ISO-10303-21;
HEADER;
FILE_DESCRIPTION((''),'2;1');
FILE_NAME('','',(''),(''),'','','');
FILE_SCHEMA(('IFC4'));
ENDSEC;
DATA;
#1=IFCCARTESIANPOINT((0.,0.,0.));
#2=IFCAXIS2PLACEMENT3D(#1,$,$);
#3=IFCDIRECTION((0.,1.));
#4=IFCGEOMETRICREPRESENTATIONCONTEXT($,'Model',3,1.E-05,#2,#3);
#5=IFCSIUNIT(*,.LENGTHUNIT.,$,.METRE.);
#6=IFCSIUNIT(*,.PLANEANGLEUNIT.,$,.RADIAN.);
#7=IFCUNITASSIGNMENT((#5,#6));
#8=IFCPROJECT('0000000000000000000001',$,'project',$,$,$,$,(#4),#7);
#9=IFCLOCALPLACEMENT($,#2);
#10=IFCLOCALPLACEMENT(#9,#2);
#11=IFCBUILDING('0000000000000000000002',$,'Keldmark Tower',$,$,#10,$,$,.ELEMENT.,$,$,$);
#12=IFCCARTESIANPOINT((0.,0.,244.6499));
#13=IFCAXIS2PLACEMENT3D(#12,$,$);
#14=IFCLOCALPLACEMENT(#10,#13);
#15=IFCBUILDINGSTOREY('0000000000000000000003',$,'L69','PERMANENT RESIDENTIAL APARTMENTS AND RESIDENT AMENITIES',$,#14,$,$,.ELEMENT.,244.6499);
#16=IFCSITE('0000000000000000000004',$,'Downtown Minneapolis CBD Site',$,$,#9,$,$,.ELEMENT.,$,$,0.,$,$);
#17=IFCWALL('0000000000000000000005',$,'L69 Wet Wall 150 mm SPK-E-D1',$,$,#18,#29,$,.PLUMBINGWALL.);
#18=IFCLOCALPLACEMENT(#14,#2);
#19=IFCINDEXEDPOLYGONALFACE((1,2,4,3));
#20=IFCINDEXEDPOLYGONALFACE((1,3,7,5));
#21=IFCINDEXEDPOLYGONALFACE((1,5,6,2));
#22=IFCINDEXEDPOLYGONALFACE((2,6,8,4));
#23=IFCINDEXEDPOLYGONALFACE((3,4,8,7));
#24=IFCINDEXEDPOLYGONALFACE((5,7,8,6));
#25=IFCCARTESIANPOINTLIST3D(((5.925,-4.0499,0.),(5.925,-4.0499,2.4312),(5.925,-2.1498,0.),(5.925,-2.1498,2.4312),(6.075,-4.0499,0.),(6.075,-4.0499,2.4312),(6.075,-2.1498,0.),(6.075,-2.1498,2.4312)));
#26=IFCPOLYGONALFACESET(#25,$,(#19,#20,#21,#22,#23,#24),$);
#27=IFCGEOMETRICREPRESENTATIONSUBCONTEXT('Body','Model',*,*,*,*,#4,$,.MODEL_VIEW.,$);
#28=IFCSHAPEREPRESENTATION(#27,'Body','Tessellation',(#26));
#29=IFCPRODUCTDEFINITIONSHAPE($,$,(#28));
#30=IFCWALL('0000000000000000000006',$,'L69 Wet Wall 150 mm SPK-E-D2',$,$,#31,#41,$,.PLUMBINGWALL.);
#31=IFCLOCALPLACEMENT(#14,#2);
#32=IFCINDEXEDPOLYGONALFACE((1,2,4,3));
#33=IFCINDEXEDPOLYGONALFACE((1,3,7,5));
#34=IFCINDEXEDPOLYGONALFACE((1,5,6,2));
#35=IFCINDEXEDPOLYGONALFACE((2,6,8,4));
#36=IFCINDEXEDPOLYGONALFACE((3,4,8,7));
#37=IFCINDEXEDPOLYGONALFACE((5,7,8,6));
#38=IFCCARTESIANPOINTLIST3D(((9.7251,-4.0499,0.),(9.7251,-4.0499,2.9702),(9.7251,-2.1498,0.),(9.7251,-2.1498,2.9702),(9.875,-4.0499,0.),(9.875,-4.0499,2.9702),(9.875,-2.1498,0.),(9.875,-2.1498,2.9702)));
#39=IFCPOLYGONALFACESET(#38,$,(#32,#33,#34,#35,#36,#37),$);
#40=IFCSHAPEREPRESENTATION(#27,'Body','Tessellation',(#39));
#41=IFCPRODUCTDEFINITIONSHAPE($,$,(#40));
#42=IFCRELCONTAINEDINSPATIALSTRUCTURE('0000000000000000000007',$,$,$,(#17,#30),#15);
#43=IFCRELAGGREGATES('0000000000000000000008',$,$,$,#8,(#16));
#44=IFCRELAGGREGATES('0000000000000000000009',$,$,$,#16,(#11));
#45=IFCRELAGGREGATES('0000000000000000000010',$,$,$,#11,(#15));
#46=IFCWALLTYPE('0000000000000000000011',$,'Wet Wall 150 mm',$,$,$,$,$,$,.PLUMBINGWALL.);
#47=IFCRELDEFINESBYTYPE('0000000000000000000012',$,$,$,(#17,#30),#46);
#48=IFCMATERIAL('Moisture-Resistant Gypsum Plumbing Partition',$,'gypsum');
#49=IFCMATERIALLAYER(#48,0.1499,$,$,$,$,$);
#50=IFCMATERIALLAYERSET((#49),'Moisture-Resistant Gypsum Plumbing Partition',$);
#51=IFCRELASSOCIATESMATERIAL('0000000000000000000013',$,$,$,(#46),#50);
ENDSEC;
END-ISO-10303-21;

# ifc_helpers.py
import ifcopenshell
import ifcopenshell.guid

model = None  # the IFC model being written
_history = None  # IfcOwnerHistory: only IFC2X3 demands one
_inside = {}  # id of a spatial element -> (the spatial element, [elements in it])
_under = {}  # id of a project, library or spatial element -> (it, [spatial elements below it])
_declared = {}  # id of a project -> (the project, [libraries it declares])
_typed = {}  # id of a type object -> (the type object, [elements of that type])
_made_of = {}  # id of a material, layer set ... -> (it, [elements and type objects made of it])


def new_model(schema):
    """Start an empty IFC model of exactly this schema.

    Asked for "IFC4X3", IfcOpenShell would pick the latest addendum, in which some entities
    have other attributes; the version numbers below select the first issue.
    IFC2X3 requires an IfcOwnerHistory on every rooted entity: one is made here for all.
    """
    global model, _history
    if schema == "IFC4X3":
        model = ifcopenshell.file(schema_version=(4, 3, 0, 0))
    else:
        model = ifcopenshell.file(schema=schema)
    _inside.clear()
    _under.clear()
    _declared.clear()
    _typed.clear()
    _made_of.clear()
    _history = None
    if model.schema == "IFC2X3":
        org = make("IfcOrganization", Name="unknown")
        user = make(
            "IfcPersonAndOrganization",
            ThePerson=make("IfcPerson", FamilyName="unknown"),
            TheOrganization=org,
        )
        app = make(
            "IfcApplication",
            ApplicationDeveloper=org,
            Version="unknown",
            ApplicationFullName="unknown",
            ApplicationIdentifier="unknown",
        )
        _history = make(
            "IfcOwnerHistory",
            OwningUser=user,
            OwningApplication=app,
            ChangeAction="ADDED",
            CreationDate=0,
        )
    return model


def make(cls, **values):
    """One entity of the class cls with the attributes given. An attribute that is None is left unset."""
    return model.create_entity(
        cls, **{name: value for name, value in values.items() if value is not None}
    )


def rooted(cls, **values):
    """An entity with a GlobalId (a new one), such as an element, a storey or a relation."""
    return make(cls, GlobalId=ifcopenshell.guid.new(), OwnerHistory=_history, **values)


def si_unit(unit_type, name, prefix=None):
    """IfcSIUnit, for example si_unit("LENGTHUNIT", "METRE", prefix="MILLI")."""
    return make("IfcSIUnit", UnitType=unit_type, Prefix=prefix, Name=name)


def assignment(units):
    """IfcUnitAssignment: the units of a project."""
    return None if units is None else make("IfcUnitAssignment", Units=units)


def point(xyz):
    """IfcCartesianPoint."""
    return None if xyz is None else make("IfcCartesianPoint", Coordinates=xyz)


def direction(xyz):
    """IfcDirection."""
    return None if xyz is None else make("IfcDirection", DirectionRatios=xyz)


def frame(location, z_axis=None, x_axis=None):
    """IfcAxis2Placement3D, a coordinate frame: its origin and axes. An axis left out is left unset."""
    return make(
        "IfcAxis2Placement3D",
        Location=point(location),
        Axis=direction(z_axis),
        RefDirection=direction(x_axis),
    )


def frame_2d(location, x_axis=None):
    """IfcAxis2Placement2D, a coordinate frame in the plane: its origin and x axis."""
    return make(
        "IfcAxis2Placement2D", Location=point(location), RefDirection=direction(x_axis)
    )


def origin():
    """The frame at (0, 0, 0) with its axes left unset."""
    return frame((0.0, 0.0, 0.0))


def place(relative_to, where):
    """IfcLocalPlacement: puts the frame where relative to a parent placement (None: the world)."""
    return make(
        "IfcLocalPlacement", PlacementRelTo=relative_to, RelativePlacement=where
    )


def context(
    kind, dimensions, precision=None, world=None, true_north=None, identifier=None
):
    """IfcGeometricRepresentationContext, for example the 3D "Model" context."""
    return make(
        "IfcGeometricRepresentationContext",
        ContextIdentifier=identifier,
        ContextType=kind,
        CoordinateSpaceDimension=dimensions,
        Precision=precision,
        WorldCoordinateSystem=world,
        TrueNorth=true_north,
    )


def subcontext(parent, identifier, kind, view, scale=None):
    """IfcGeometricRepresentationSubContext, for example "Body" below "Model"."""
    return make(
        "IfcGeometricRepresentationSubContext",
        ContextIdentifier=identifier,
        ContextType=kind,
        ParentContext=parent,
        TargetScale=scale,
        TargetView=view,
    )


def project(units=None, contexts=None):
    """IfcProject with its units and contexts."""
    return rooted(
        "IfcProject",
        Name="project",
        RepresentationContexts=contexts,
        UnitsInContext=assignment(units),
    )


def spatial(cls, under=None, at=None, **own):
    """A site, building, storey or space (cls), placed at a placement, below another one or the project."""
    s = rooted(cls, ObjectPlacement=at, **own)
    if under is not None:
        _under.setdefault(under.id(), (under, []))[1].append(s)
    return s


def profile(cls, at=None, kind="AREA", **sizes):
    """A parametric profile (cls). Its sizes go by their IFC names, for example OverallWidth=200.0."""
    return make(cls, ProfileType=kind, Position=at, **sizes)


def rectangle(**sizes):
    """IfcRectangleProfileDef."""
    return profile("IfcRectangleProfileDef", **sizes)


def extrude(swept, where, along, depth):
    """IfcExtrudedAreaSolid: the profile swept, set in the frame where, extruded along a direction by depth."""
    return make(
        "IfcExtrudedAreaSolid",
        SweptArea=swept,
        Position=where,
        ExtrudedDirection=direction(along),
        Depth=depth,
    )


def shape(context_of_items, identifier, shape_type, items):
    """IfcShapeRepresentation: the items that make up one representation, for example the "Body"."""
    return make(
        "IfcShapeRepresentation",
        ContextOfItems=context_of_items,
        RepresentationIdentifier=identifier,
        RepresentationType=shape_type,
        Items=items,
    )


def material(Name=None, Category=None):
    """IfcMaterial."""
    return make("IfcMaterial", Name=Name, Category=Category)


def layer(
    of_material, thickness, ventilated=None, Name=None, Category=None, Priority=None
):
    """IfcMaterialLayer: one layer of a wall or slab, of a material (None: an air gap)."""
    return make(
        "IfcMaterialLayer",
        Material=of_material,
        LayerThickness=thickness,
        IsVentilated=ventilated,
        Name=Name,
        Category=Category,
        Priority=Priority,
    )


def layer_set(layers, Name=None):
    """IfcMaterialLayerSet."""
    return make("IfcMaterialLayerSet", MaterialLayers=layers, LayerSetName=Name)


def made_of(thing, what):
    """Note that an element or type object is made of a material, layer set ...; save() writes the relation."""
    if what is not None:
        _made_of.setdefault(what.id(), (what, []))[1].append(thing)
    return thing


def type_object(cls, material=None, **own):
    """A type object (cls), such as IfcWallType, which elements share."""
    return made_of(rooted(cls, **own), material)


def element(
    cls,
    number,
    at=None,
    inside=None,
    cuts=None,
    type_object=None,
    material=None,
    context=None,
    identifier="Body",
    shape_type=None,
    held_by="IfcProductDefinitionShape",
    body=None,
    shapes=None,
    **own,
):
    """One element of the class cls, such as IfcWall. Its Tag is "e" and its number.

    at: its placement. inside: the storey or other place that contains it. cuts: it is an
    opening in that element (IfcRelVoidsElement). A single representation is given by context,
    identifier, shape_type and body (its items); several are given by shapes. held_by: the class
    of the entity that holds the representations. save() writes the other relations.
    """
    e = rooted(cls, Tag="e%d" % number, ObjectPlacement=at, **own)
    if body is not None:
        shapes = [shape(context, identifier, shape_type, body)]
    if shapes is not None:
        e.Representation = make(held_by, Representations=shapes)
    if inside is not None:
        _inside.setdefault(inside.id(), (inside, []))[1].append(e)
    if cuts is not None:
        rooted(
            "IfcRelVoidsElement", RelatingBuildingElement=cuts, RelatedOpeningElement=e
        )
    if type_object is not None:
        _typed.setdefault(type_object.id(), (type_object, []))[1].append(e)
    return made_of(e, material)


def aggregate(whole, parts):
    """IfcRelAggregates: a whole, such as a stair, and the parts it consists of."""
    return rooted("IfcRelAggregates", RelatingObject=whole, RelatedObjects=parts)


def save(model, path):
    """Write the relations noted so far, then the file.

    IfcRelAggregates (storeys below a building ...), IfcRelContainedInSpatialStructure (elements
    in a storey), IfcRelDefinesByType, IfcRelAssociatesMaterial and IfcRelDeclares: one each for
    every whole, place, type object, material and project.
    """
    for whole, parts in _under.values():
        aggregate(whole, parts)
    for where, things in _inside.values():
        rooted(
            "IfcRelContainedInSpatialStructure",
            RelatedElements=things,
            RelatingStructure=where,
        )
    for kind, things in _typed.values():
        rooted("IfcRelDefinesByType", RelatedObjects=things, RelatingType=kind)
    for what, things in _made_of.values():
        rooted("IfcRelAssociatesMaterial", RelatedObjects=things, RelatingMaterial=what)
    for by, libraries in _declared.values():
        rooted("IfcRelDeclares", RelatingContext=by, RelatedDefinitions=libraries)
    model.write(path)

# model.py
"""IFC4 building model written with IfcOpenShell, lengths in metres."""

from ifc_helpers import new_model, si_unit, direction, frame, frame_2d, origin, place, context, subcontext, project, spatial, rectangle, extrude, material, layer, layer_set, type_object, element, save


model = new_model("IFC4")

# Units and contexts
model_context = context("Model", 3, precision=1e-05, world=origin(), true_north=direction((0.0, 1.0)))
body_context = subcontext(model_context, "Body", "Model", "MODEL_VIEW")
ifc_project = project(units=[si_unit("LENGTHUNIT", "METRE"), si_unit("PLANEANGLEUNIT", "RADIAN")], contexts=[model_context])

# Site, building, storey
site_placement = place(None, origin())
site = spatial("IfcSite", under=ifc_project, at=site_placement, Name="Downtown Minneapolis CBD Site", CompositionType="ELEMENT", RefElevation=0.0)
building_placement = place(site_placement, origin())
building = spatial("IfcBuilding", under=site, at=building_placement, Name="Keldmark Tower", CompositionType="ELEMENT")
storey_placement = place(building_placement, frame((0.0, 0.0, 244.6499)))
storey = spatial("IfcBuildingStorey", under=building, at=storey_placement, Name="L69", Description="PERMANENT RESIDENTIAL APARTMENTS AND RESIDENT AMENITIES", CompositionType="ELEMENT", Elevation=244.6499)

# Walls
ifc_material_1 = material(Name="Moisture-Resistant Gypsum Plumbing Partition", Category="gypsum")
ifc_layer_1 = layer(ifc_material_1, 0.1499)
ifc_layer_set_1 = layer_set([ifc_layer_1], Name="Moisture-Resistant Gypsum Plumbing Partition")
wall_type_1 = type_object("IfcWallType", Name="Wet Wall 150 mm", PredefinedType="PLUMBINGWALL", material=ifc_layer_set_1)
wall_1_placement = place(storey_placement, frame((6.0, -4.05, 0.0), z_axis=(0.0, 0.0, 1.0), x_axis=(0.0, 1.0, 0.0)))
element("IfcWall", 1, at=wall_1_placement, inside=storey, type_object=wall_type_1, Name="L69 Wet Wall 150 mm SPK-E-D1", PredefinedType="PLUMBINGWALL", context=body_context, shape_type="SweptSolid", body=[
    extrude(rectangle(XDim=1.9001, YDim=0.1499, at=frame_2d((0.9502, 0.0))), origin(), (0.0, 0.0, 1.0), 2.4312),
])
wall_2_placement = place(storey_placement, frame((9.8, -4.05, 0.0), z_axis=(0.0, 0.0, 1.0), x_axis=(0.0, 1.0, 0.0)))
element("IfcWall", 2, at=wall_2_placement, inside=storey, type_object=wall_type_1, Name="L69 Wet Wall 150 mm SPK-E-D2", PredefinedType="PLUMBINGWALL", context=body_context, shape_type="SweptSolid", body=[
    extrude(rectangle(XDim=1.9001, YDim=0.1499, at=frame_2d((0.9502, 0.0))), origin(), (0.0, 0.0, 1.0), 2.9702),
])

save(model, "model.ifc")
